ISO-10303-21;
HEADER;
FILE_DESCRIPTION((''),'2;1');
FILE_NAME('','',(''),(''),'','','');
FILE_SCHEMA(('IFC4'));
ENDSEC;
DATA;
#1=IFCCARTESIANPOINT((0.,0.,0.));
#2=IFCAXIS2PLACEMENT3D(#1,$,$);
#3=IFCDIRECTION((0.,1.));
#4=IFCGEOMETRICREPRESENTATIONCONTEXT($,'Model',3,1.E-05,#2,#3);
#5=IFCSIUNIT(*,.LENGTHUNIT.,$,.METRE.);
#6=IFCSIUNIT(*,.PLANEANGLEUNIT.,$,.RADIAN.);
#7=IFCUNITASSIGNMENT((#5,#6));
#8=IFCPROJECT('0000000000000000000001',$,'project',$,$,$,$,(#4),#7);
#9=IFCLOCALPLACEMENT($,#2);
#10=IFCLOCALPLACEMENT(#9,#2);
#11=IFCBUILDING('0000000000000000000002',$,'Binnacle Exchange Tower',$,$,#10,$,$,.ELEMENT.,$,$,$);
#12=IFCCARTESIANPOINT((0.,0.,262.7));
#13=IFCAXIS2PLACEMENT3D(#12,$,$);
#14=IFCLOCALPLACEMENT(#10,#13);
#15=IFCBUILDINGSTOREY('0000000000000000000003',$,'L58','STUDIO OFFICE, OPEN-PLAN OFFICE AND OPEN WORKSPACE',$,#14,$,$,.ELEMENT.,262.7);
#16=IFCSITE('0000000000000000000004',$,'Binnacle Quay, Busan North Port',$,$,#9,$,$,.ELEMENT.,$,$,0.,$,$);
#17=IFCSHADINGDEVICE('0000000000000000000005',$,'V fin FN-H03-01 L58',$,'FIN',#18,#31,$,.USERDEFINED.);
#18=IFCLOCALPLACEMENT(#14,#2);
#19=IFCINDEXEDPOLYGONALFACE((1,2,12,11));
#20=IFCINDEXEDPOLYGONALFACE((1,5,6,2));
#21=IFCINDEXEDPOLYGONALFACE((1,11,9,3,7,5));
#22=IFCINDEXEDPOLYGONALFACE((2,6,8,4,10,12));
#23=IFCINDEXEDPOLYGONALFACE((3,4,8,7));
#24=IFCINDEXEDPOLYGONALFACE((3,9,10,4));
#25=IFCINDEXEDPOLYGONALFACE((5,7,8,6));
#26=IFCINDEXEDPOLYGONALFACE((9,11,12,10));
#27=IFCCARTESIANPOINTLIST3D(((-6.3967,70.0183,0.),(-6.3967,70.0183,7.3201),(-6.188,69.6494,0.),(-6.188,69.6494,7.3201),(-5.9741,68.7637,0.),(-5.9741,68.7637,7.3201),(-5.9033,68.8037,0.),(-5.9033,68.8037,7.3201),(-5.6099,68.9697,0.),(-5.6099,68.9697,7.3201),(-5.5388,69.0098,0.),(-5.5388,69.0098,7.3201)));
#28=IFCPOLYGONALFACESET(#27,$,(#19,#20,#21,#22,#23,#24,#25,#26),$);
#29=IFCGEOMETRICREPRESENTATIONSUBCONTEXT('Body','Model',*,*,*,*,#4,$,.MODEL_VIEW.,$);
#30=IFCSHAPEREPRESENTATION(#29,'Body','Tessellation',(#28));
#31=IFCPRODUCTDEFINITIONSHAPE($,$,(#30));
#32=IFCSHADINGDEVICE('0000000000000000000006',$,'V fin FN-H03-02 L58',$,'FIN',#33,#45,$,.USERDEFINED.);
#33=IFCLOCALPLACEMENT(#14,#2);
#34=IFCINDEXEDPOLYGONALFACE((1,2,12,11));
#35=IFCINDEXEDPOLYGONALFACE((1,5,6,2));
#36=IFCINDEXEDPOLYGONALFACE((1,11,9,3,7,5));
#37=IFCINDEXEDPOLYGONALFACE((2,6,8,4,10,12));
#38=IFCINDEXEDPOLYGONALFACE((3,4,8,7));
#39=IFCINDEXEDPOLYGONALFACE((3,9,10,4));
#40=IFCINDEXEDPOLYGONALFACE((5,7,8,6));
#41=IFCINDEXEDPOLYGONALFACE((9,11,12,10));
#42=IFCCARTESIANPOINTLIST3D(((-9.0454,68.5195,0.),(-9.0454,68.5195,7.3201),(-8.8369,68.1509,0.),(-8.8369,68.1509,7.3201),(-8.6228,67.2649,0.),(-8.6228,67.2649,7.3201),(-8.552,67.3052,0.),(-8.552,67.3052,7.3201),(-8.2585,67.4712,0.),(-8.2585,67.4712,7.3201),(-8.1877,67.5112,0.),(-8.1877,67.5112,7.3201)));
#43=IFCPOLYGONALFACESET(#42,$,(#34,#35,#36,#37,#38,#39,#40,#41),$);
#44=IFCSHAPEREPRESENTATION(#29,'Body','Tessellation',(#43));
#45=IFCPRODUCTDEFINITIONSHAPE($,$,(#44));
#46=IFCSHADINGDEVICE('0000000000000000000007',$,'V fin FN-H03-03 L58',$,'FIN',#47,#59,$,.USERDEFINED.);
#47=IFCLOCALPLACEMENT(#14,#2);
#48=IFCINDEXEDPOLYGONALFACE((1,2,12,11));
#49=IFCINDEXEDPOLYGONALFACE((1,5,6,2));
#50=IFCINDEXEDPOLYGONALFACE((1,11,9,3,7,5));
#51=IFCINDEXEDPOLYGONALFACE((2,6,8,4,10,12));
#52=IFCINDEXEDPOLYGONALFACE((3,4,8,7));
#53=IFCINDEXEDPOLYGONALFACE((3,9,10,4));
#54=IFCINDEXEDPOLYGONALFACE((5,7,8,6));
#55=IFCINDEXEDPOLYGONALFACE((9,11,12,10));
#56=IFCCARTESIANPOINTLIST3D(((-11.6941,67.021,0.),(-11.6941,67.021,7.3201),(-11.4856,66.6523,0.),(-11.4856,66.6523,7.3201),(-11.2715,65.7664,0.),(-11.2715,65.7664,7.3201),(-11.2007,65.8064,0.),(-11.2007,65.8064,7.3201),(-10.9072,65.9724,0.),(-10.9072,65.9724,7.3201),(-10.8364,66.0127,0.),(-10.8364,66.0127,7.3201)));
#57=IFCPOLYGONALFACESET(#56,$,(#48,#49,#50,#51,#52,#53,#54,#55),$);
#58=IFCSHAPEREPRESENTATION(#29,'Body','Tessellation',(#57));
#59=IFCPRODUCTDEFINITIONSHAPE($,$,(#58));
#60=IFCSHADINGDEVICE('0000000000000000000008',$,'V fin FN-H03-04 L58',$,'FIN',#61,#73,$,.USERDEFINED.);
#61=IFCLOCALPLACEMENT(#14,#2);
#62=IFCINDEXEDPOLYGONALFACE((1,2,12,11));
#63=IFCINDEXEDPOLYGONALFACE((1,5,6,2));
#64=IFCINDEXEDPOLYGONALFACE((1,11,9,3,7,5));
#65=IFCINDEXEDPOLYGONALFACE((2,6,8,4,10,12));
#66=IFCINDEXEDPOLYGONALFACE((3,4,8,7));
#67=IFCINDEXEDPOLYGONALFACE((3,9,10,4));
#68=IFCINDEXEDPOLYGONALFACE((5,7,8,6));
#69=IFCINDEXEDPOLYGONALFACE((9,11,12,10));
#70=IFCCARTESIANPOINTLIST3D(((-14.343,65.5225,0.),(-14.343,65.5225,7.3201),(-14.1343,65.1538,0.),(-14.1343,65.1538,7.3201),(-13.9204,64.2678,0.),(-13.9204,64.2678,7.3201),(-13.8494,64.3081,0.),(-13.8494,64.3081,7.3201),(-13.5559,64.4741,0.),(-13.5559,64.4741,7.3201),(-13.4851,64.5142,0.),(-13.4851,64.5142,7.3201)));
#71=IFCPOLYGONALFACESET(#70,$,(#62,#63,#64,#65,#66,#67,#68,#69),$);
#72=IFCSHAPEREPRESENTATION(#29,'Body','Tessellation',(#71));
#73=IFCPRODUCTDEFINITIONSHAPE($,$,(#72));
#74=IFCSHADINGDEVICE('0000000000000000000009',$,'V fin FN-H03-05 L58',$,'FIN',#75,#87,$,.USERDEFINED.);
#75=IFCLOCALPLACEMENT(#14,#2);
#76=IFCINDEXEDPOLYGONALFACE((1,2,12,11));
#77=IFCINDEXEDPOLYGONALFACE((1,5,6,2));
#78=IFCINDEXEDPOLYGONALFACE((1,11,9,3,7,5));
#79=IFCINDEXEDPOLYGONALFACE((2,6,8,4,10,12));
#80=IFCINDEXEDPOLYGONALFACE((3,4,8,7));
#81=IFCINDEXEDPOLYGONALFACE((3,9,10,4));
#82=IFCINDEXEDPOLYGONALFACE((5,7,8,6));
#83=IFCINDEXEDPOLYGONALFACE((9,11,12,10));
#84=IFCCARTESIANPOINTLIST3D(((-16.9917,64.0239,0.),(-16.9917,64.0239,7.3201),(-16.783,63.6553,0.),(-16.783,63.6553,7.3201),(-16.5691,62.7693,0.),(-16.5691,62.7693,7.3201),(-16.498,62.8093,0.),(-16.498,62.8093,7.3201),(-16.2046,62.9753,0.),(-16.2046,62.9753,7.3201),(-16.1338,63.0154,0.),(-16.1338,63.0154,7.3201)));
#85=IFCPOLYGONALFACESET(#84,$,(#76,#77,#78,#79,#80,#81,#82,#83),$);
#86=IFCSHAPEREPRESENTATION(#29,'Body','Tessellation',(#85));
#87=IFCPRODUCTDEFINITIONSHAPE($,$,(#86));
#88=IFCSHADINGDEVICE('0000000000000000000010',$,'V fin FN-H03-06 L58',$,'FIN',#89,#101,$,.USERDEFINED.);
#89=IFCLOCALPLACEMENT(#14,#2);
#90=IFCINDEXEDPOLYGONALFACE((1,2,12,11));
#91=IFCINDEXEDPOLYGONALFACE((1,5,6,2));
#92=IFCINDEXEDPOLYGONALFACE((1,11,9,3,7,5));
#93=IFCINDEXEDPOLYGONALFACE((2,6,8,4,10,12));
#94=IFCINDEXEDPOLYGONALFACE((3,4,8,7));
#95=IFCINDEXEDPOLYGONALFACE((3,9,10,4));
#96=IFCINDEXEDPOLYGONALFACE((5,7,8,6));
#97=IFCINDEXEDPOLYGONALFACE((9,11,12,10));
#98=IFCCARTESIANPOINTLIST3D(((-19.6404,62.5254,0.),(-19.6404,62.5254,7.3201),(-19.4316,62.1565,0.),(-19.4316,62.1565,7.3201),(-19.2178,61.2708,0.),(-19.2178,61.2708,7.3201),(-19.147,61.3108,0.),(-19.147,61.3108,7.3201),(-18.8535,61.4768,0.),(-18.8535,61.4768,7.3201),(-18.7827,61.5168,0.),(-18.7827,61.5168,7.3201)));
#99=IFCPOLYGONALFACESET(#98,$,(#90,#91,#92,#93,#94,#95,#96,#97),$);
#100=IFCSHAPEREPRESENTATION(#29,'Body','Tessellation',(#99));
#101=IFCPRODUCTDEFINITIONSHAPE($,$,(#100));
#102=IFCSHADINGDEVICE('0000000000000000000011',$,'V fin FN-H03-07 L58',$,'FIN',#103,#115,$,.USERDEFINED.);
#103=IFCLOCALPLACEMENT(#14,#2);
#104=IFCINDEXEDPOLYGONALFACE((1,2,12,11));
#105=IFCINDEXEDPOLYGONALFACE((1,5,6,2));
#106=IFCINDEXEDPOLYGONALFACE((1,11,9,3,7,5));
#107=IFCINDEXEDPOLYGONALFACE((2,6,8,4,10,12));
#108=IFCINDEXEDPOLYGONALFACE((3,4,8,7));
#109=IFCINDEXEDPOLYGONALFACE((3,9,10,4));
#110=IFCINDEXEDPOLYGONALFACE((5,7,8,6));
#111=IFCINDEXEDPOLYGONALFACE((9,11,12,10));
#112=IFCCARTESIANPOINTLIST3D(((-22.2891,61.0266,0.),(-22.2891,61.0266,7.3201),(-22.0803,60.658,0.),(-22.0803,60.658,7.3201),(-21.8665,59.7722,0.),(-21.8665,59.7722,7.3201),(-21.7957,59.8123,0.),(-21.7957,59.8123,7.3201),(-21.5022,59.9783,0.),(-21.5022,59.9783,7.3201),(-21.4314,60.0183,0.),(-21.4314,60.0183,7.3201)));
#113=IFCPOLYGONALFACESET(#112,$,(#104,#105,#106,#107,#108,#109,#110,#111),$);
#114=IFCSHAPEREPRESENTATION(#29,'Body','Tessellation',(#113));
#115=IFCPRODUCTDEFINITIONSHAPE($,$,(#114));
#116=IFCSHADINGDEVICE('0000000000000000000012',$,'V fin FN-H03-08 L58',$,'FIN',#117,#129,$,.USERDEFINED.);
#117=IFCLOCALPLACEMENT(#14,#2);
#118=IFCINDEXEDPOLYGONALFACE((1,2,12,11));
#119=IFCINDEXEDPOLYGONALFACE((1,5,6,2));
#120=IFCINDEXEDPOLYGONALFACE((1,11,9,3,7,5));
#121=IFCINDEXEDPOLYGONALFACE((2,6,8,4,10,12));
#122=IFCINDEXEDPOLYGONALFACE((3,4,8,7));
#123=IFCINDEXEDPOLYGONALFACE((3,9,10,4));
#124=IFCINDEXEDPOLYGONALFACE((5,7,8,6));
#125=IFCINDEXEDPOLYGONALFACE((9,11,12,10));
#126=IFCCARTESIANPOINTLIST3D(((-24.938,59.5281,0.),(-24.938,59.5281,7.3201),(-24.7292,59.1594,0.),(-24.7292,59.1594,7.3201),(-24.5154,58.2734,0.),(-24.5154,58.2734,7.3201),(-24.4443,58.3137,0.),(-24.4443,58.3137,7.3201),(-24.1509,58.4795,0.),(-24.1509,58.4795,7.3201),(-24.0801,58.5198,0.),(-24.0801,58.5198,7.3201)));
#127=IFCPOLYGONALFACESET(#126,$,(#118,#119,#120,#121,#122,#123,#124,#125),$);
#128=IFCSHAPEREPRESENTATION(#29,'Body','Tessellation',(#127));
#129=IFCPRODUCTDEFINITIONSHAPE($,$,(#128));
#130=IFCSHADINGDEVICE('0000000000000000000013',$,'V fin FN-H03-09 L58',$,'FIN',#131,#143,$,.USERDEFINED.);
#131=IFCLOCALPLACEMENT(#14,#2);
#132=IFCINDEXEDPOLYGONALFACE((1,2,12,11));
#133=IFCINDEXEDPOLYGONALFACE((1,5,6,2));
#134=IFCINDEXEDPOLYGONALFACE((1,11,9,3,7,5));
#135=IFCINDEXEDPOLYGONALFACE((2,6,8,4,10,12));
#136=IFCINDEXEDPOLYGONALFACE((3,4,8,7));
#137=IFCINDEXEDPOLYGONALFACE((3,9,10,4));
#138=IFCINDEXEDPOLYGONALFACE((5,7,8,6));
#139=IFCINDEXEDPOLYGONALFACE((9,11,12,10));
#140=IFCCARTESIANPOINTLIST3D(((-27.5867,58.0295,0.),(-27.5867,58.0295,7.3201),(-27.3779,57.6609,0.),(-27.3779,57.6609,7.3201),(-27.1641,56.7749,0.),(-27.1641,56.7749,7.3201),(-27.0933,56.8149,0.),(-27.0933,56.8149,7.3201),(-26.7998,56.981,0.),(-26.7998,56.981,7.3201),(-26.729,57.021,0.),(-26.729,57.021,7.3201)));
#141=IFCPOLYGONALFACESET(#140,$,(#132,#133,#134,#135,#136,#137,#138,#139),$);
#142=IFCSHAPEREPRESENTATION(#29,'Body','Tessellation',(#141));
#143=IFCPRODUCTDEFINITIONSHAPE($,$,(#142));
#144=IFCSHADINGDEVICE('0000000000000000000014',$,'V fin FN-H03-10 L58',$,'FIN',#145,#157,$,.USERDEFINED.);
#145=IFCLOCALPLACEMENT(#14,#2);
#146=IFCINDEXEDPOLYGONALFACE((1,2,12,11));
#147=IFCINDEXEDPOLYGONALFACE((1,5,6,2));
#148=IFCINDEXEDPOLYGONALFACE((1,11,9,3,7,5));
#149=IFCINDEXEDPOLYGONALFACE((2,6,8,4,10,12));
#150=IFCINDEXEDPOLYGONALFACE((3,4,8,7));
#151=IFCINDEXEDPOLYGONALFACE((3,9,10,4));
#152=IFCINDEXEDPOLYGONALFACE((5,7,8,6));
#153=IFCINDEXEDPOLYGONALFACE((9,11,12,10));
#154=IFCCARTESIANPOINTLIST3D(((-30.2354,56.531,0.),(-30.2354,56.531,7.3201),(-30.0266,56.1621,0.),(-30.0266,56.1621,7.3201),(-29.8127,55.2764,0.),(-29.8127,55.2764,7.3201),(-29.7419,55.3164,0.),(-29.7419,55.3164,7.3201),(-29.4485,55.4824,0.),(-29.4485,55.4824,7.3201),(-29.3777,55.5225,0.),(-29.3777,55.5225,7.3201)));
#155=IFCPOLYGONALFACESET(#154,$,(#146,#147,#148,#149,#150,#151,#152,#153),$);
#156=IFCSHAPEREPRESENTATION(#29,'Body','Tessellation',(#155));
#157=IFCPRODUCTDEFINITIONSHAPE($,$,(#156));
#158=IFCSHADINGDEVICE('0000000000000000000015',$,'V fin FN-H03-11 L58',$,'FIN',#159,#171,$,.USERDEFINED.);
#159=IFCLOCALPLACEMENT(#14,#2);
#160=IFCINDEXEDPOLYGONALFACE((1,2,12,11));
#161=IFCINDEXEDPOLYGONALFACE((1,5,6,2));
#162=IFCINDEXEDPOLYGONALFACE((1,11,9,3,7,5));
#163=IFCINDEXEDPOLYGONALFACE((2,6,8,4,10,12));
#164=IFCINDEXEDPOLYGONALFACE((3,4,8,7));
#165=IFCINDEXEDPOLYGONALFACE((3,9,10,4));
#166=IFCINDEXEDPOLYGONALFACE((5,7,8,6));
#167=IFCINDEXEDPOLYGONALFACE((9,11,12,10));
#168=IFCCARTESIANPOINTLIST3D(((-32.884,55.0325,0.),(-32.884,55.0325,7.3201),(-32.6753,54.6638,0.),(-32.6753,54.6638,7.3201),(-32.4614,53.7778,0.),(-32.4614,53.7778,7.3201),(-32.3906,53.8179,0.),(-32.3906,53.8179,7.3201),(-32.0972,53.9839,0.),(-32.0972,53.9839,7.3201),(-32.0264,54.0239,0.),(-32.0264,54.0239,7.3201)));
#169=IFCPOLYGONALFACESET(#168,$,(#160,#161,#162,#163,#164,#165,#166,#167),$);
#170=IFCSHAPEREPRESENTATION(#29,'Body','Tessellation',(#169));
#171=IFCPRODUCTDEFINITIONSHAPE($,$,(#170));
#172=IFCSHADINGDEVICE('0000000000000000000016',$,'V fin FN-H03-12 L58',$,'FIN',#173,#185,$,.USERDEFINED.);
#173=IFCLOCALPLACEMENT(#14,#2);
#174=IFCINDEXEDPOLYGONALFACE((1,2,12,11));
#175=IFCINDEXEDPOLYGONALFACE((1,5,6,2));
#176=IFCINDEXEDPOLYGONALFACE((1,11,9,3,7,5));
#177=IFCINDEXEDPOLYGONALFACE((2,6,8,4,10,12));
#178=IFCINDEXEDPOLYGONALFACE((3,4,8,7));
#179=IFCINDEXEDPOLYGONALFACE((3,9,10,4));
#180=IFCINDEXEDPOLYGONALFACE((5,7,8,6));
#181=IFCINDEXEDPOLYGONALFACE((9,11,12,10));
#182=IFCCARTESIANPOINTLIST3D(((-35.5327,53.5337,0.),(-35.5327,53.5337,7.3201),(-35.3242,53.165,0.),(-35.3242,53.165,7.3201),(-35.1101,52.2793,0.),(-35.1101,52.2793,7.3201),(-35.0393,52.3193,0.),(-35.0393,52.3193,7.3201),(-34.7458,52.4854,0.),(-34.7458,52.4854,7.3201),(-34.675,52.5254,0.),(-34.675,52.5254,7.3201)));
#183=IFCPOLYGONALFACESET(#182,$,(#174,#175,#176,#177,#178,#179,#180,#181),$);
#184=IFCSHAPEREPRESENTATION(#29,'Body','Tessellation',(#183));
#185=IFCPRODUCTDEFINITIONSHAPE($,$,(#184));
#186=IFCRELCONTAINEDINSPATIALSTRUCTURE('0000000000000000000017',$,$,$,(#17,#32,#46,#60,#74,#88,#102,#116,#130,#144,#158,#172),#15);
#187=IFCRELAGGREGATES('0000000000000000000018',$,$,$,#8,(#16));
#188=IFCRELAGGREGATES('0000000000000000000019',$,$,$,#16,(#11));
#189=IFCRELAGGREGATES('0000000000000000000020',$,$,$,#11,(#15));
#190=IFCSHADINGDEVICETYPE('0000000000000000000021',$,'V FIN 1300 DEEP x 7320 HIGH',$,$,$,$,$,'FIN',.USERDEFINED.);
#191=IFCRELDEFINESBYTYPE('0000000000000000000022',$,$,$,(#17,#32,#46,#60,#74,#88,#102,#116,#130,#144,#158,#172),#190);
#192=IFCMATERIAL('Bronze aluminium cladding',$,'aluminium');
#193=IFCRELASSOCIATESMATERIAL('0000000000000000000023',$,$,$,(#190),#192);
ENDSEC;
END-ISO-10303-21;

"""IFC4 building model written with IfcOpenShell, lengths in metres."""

from ifc_helpers import new_model, si_unit, direction, frame, origin, place, context, subcontext, project, spatial, polyline, outline, extrude, material, type_object, element, save


model = new_model("IFC4")

# Units and contexts
model_context = context("Model", 3, precision=1e-05, world=origin(), true_north=direction((0.0, 1.0)))
body_context = subcontext(model_context, "Body", "Model", "MODEL_VIEW")
ifc_project = project(units=[si_unit("LENGTHUNIT", "METRE"), si_unit("PLANEANGLEUNIT", "RADIAN")], contexts=[model_context])

# Site, building, storey
site_placement = place(None, origin())
site = spatial("IfcSite", under=ifc_project, at=site_placement, Name="Binnacle Quay, Busan North Port", CompositionType="ELEMENT", RefElevation=0.0)
building_placement = place(site_placement, origin())
building = spatial("IfcBuilding", under=site, at=building_placement, Name="Binnacle Exchange Tower", CompositionType="ELEMENT")
storey_placement = place(building_placement, frame((0.0, 0.0, 262.7)))
storey = spatial("IfcBuildingStorey", under=building, at=storey_placement, Name="L58", Description="STUDIO OFFICE, OPEN-PLAN OFFICE AND OPEN WORKSPACE", CompositionType="ELEMENT", Elevation=262.7)

# Shading devices
ifc_material_1 = material(Name="Bronze aluminium cladding", Category="aluminium")
shading_device_type = type_object("IfcShadingDeviceType", Name="V FIN 1300 DEEP x 7320 HIGH", ElementType="FIN", PredefinedType="USERDEFINED", material=ifc_material_1)
shading_device_1_placement = place(storey_placement, origin())
element("IfcShadingDevice", 1, at=shading_device_1_placement, inside=storey, type_object=shading_device_type, Name="V fin FN-H03-01 L58", ObjectType="FIN", PredefinedType="USERDEFINED", context=body_context, shape_type="SweptSolid", body=[
    extrude(outline(polyline([(-5.5388, 69.0098), (-6.3967, 70.0183), (-5.9741, 68.7637), (-5.9033, 68.8037), (-6.188, 69.6494), (-5.6099, 68.9697), (-5.5388, 69.0098)])), origin(), (0.0, 0.0, 1.0), 7.3201),
])
shading_device_2_placement = place(storey_placement, origin())
element("IfcShadingDevice", 2, at=shading_device_2_placement, inside=storey, type_object=shading_device_type, Name="V fin FN-H03-02 L58", ObjectType="FIN", PredefinedType="USERDEFINED", context=body_context, shape_type="SweptSolid", body=[
    extrude(outline(polyline([(-8.1877, 67.5112), (-9.0454, 68.5195), (-8.6228, 67.2649), (-8.552, 67.3052), (-8.8369, 68.1509), (-8.2585, 67.4712), (-8.1877, 67.5112)])), origin(), (0.0, 0.0, 1.0), 7.3201),
])
shading_device_3_placement = place(storey_placement, origin())
element("IfcShadingDevice", 3, at=shading_device_3_placement, inside=storey, type_object=shading_device_type, Name="V fin FN-H03-03 L58", ObjectType="FIN", PredefinedType="USERDEFINED", context=body_context, shape_type="SweptSolid", body=[
    extrude(outline(polyline([(-10.8364, 66.0127), (-11.6941, 67.021), (-11.2715, 65.7664), (-11.2007, 65.8064), (-11.4856, 66.6523), (-10.9072, 65.9724), (-10.8364, 66.0127)])), origin(), (0.0, 0.0, 1.0), 7.3201),
])
shading_device_4_placement = place(storey_placement, origin())
element("IfcShadingDevice", 4, at=shading_device_4_placement, inside=storey, type_object=shading_device_type, Name="V fin FN-H03-04 L58", ObjectType="FIN", PredefinedType="USERDEFINED", context=body_context, shape_type="SweptSolid", body=[
    extrude(outline(polyline([(-13.4851, 64.5142), (-14.343, 65.5225), (-13.9204, 64.2678), (-13.8494, 64.3081), (-14.1343, 65.1538), (-13.5559, 64.4741), (-13.4851, 64.5142)])), origin(), (0.0, 0.0, 1.0), 7.3201),
])
shading_device_5_placement = place(storey_placement, origin())
element("IfcShadingDevice", 5, at=shading_device_5_placement, inside=storey, type_object=shading_device_type, Name="V fin FN-H03-05 L58", ObjectType="FIN", PredefinedType="USERDEFINED", context=body_context, shape_type="SweptSolid", body=[
    extrude(outline(polyline([(-16.1338, 63.0154), (-16.9917, 64.0239), (-16.5691, 62.7693), (-16.498, 62.8093), (-16.783, 63.6553), (-16.2046, 62.9753), (-16.1338, 63.0154)])), origin(), (0.0, 0.0, 1.0), 7.3201),
])
shading_device_6_placement = place(storey_placement, origin())
element("IfcShadingDevice", 6, at=shading_device_6_placement, inside=storey, type_object=shading_device_type, Name="V fin FN-H03-06 L58", ObjectType="FIN", PredefinedType="USERDEFINED", context=body_context, shape_type="SweptSolid", body=[
    extrude(outline(polyline([(-18.7827, 61.5168), (-19.6404, 62.5254), (-19.2178, 61.2708), (-19.147, 61.3108), (-19.4316, 62.1565), (-18.8535, 61.4768), (-18.7827, 61.5168)])), origin(), (0.0, 0.0, 1.0), 7.3201),
])
shading_device_7_placement = place(storey_placement, origin())
element("IfcShadingDevice", 7, at=shading_device_7_placement, inside=storey, type_object=shading_device_type, Name="V fin FN-H03-07 L58", ObjectType="FIN", PredefinedType="USERDEFINED", context=body_context, shape_type="SweptSolid", body=[
    extrude(outline(polyline([(-21.4314, 60.0183), (-22.2891, 61.0266), (-21.8665, 59.7722), (-21.7957, 59.8123), (-22.0803, 60.658), (-21.5022, 59.9783), (-21.4314, 60.0183)])), origin(), (0.0, 0.0, 1.0), 7.3201),
])
shading_device_8_placement = place(storey_placement, origin())
element("IfcShadingDevice", 8, at=shading_device_8_placement, inside=storey, type_object=shading_device_type, Name="V fin FN-H03-08 L58", ObjectType="FIN", PredefinedType="USERDEFINED", context=body_context, shape_type="SweptSolid", body=[
    extrude(outline(polyline([(-24.0801, 58.5198), (-24.938, 59.5281), (-24.5154, 58.2734), (-24.4443, 58.3137), (-24.7292, 59.1594), (-24.1509, 58.4795), (-24.0801, 58.5198)])), origin(), (0.0, 0.0, 1.0), 7.3201),
])
shading_device_9_placement = place(storey_placement, origin())
element("IfcShadingDevice", 9, at=shading_device_9_placement, inside=storey, type_object=shading_device_type, Name="V fin FN-H03-09 L58", ObjectType="FIN", PredefinedType="USERDEFINED", context=body_context, shape_type="SweptSolid", body=[
    extrude(outline(polyline([(-26.729, 57.021), (-27.5867, 58.0295), (-27.1641, 56.7749), (-27.0933, 56.8149), (-27.3779, 57.6609), (-26.7998, 56.981), (-26.729, 57.021)])), origin(), (0.0, 0.0, 1.0), 7.3201),
])
shading_device_10_placement = place(storey_placement, origin())
element("IfcShadingDevice", 10, at=shading_device_10_placement, inside=storey, type_object=shading_device_type, Name="V fin FN-H03-10 L58", ObjectType="FIN", PredefinedType="USERDEFINED", context=body_context, shape_type="SweptSolid", body=[
    extrude(outline(polyline([(-29.3777, 55.5225), (-30.2354, 56.531), (-29.8127, 55.2764), (-29.7419, 55.3164), (-30.0266, 56.1621), (-29.4485, 55.4824), (-29.3777, 55.5225)])), origin(), (0.0, 0.0, 1.0), 7.3201),
])
shading_device_11_placement = place(storey_placement, origin())
element("IfcShadingDevice", 11, at=shading_device_11_placement, inside=storey, type_object=shading_device_type, Name="V fin FN-H03-11 L58", ObjectType="FIN", PredefinedType="USERDEFINED", context=body_context, shape_type="SweptSolid", body=[
    extrude(outline(polyline([(-32.0264, 54.0239), (-32.884, 55.0325), (-32.4614, 53.7778), (-32.3906, 53.8179), (-32.6753, 54.6638), (-32.0972, 53.9839), (-32.0264, 54.0239)])), origin(), (0.0, 0.0, 1.0), 7.3201),
])
shading_device_12_placement = place(storey_placement, origin())
element("IfcShadingDevice", 12, at=shading_device_12_placement, inside=storey, type_object=shading_device_type, Name="V fin FN-H03-12 L58", ObjectType="FIN", PredefinedType="USERDEFINED", context=body_context, shape_type="SweptSolid", body=[
    extrude(outline(polyline([(-34.675, 52.5254), (-35.5327, 53.5337), (-35.1101, 52.2793), (-35.0393, 52.3193), (-35.3242, 53.165), (-34.7458, 52.4854), (-34.675, 52.5254)])), origin(), (0.0, 0.0, 1.0), 7.3201),
])

save(model, "model.ifc")
